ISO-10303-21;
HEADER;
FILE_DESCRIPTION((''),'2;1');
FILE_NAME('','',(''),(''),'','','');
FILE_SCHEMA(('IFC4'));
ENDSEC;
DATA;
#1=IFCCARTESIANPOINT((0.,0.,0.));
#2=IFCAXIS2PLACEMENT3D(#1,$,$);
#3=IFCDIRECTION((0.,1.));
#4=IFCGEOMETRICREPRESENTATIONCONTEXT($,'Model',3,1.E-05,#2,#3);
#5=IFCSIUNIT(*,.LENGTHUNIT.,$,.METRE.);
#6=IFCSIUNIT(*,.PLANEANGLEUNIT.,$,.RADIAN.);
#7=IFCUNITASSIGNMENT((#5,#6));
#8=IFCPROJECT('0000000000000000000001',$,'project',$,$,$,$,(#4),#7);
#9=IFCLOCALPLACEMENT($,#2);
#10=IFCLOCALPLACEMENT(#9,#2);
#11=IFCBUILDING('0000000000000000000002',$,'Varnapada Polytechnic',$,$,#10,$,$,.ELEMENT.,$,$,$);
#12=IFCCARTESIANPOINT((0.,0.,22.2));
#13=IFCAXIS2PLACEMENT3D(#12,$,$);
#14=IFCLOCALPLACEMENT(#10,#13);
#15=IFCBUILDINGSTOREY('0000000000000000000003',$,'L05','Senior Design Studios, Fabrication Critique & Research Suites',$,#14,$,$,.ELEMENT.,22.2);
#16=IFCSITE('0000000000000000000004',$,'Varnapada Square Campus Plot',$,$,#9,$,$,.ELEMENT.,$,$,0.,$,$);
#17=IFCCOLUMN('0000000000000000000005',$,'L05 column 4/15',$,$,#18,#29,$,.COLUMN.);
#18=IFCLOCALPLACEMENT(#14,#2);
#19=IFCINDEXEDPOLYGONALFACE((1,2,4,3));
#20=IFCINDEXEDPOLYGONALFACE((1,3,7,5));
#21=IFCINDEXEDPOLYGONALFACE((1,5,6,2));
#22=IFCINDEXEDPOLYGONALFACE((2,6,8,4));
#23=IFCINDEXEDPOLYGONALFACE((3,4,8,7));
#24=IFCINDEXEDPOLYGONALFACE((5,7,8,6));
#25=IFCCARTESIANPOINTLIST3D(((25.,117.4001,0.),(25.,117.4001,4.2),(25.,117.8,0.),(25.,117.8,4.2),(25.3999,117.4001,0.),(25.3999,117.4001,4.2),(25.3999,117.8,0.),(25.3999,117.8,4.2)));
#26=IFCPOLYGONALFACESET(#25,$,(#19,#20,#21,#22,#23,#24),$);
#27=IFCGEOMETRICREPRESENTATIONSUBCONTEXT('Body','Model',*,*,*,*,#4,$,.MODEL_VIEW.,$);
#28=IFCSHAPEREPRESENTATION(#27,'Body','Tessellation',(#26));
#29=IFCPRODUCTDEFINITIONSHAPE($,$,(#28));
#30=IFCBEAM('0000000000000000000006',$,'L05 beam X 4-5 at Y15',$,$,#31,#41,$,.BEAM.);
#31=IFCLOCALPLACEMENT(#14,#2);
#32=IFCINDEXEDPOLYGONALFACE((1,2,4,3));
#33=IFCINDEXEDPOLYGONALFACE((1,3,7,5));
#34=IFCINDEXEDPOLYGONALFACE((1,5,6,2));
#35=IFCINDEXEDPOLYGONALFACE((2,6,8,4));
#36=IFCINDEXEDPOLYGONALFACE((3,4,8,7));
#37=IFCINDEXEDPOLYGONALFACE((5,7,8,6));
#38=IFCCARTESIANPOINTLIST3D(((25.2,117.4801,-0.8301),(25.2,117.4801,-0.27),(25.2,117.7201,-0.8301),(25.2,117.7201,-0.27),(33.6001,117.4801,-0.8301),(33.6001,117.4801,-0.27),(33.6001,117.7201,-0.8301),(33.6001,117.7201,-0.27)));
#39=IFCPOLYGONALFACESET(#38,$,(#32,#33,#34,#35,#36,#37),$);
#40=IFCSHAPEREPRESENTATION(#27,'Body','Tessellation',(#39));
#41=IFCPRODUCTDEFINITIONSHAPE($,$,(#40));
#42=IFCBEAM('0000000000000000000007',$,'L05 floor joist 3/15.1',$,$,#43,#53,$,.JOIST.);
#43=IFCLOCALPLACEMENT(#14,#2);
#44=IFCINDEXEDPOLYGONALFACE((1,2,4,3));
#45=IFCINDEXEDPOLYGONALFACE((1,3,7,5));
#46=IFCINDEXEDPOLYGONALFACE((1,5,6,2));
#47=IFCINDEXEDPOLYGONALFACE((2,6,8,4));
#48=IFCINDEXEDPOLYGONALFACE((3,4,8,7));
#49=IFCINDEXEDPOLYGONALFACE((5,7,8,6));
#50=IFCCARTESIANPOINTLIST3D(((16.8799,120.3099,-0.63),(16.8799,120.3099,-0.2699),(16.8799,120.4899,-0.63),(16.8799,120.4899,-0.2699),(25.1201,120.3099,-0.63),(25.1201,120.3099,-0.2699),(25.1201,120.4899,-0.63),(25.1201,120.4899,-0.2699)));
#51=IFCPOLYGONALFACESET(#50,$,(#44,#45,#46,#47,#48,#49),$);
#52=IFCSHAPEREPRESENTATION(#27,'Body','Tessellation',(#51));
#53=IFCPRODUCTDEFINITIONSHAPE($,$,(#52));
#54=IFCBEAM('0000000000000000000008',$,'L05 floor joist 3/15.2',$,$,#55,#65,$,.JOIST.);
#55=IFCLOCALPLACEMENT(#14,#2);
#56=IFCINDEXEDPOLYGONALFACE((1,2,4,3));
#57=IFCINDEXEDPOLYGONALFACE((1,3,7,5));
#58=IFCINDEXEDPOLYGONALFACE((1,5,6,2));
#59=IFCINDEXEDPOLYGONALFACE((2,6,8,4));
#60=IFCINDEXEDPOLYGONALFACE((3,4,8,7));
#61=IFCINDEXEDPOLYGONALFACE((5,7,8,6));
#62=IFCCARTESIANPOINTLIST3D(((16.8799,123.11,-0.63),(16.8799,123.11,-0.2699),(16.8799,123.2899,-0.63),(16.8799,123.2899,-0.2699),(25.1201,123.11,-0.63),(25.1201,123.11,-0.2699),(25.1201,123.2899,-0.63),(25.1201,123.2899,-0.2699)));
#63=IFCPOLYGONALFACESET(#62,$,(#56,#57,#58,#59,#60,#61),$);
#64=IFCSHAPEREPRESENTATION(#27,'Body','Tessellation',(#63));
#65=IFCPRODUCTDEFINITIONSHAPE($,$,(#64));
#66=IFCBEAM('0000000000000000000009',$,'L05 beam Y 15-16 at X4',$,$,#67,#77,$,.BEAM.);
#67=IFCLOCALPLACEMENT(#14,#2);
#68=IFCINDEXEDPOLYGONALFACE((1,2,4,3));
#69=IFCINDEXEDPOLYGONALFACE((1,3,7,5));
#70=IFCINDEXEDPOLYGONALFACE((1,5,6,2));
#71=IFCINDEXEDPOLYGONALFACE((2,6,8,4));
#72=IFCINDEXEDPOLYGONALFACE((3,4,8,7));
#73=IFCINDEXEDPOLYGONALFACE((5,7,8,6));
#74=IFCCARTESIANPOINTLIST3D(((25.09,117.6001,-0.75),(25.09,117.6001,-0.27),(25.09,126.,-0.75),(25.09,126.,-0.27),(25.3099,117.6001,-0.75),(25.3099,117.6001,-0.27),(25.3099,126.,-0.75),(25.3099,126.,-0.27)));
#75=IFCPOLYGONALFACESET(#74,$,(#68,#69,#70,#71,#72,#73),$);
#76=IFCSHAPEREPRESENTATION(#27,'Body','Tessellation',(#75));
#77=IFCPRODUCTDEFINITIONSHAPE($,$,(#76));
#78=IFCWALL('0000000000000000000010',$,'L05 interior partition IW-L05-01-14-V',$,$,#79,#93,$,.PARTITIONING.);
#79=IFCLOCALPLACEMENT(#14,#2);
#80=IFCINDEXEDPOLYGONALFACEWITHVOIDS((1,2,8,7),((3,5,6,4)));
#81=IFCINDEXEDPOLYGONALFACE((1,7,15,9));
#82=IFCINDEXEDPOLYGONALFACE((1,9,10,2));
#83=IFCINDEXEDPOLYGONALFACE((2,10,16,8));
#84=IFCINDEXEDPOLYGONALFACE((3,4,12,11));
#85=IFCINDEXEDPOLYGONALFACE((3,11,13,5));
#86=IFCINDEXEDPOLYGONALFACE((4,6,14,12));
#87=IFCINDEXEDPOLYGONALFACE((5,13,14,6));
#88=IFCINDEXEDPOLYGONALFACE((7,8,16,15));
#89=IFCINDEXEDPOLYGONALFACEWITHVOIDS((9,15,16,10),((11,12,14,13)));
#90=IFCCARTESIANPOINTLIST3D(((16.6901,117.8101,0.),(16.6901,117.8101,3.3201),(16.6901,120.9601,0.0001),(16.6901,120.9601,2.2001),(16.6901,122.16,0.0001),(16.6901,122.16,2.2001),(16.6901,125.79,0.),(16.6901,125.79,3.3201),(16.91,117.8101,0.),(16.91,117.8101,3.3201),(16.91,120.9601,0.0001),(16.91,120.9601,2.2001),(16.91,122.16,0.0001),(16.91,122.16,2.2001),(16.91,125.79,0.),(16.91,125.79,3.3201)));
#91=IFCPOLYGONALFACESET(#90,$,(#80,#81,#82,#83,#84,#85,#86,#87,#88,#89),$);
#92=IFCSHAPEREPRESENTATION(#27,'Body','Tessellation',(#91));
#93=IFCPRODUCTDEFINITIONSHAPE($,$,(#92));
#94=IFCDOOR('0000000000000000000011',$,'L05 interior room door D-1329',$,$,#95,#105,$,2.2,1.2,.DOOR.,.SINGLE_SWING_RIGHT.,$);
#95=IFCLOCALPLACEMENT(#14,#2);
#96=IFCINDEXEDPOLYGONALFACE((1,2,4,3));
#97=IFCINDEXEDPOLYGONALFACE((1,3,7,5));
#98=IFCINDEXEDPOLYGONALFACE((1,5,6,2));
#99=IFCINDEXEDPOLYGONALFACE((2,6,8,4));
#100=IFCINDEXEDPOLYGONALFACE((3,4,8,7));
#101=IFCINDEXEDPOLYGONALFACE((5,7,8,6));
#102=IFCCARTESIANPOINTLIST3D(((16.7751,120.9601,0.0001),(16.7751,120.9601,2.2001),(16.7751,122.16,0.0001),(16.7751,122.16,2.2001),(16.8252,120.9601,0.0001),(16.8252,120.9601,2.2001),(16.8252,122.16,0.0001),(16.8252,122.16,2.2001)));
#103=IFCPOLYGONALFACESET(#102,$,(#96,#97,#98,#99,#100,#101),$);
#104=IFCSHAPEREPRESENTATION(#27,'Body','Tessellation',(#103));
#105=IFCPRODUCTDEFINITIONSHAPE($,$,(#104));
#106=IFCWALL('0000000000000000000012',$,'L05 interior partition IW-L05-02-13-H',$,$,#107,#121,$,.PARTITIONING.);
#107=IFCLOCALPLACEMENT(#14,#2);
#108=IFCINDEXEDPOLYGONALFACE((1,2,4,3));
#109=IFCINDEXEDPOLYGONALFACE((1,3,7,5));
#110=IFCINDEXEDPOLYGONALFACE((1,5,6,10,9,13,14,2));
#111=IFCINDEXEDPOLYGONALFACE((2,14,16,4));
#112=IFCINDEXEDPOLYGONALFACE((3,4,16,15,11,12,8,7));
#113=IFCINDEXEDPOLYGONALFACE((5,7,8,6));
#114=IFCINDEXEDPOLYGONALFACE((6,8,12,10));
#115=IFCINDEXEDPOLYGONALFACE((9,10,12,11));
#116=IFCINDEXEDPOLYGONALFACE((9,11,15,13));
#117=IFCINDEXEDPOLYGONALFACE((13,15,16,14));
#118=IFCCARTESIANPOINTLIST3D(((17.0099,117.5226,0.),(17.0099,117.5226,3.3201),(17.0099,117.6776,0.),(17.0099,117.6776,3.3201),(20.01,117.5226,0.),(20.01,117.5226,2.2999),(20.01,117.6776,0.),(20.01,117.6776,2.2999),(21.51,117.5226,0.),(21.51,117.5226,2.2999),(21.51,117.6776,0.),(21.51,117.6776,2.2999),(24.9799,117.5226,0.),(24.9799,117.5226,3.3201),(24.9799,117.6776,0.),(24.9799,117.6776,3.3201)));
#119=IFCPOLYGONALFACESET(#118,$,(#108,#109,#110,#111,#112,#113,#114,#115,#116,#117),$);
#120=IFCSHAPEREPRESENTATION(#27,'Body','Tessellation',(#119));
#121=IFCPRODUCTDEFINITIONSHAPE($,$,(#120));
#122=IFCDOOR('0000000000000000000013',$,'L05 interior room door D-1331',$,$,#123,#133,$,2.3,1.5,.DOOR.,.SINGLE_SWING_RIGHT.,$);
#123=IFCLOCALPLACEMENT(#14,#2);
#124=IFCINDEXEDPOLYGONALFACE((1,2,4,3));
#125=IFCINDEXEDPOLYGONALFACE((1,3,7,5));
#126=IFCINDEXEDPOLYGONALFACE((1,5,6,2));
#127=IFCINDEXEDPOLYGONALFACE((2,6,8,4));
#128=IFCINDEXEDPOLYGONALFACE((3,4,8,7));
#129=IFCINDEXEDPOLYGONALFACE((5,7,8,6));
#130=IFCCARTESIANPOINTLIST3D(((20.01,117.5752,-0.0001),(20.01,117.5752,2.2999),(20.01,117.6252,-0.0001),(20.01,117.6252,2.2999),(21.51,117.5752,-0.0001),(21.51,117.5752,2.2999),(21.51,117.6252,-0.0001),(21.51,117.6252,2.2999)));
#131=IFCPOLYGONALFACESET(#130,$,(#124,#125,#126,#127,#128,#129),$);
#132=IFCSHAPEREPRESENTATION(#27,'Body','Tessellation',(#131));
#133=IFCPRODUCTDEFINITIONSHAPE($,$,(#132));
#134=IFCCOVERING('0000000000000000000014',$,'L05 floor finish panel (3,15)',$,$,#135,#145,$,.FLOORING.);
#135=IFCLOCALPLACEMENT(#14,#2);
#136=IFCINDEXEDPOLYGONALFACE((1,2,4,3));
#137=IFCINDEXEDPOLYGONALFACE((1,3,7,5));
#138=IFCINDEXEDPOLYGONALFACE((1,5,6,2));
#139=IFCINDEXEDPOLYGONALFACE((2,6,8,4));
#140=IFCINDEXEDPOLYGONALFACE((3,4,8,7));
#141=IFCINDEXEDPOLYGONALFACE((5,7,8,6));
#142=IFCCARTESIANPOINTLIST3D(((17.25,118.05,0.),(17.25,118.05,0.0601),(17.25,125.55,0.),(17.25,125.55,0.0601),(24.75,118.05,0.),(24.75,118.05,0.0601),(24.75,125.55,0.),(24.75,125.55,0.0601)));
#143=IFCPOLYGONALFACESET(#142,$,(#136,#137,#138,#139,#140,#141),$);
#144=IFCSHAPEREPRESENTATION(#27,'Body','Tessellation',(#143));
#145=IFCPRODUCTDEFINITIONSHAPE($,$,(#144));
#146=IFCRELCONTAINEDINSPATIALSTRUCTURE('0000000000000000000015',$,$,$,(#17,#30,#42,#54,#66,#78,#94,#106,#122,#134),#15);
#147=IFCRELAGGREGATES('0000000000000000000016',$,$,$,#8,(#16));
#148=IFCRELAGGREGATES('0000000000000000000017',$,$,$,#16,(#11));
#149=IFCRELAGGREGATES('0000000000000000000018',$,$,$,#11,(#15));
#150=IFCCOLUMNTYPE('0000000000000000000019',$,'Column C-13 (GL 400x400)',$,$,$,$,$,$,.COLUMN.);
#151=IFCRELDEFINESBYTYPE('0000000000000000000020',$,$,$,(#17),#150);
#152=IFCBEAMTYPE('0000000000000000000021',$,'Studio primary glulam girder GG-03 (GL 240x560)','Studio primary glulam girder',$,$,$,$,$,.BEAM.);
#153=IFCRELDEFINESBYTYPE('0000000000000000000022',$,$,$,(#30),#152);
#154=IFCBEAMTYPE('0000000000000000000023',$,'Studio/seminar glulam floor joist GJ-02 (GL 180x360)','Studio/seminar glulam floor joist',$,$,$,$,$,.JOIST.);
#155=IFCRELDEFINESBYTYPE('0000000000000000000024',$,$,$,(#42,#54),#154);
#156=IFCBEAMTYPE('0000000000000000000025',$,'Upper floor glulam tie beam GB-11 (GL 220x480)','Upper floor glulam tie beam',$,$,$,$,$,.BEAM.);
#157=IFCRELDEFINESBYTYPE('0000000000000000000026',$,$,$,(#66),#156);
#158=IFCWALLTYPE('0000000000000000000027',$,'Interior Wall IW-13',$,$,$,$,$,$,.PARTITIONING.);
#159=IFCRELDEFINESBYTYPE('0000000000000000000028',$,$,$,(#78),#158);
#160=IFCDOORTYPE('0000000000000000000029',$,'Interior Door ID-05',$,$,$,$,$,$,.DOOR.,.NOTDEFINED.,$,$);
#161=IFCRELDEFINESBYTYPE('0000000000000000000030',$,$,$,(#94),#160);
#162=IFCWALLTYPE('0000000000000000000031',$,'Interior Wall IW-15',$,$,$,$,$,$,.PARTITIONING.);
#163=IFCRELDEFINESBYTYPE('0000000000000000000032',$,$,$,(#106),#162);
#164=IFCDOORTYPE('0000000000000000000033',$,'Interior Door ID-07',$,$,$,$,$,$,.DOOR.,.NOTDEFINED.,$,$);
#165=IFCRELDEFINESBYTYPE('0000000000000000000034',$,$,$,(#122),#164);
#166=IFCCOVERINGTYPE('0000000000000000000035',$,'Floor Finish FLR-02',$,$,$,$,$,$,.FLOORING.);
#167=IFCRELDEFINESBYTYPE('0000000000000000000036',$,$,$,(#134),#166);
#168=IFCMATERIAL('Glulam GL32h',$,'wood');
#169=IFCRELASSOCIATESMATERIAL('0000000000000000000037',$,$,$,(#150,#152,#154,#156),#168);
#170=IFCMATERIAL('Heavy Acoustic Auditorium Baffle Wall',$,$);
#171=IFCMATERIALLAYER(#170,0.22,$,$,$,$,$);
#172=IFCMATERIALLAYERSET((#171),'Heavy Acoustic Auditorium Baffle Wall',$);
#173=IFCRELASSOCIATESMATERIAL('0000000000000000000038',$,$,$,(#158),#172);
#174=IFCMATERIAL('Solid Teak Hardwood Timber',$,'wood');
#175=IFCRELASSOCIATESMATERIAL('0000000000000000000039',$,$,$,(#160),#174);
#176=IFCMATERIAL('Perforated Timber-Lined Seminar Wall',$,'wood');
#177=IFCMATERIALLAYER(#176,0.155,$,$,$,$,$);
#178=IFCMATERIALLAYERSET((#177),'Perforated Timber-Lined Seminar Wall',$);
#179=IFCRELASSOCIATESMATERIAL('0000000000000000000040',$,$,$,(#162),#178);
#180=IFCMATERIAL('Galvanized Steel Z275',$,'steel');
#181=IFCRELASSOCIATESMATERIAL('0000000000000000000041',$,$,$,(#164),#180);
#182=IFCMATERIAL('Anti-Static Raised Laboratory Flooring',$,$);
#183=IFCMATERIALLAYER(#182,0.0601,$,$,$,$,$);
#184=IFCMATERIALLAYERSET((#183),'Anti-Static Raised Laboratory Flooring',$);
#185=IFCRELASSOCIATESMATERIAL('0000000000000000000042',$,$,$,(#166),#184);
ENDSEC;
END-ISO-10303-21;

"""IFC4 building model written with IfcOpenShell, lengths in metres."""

from ifc_helpers import new_model, si_unit, direction, frame, frame_2d, origin, origin_2d, place, context, subcontext, project, spatial, rectangle, extrude, material, layer, layer_set, material_profile, profile_set, type_object, element, fill, save


model = new_model("IFC4")

# Units and contexts
model_context = context("Model", 3, precision=1e-05, world=origin(), true_north=direction((0.0, 1.0)))
body_context = subcontext(model_context, "Body", "Model", "MODEL_VIEW")
ifc_project = project(units=[si_unit("LENGTHUNIT", "METRE"), si_unit("PLANEANGLEUNIT", "RADIAN")], contexts=[model_context])

# Site, building, storey
site_placement = place(None, origin())
site = spatial("IfcSite", under=ifc_project, at=site_placement, Name="Varnapada Square Campus Plot", CompositionType="ELEMENT", RefElevation=0.0)
building_placement = place(site_placement, origin())
building = spatial("IfcBuilding", under=site, at=building_placement, Name="Varnapada Polytechnic", CompositionType="ELEMENT")
storey_placement = place(building_placement, frame((0.0, 0.0, 22.2)))
storey = spatial("IfcBuildingStorey", under=building, at=storey_placement, Name="L05", Description="Senior Design Studios, Fabrication Critique & Research Suites", CompositionType="ELEMENT", Elevation=22.2)

# Column
ifc_material_1 = material(Name="Glulam GL32h", Category="wood")
ifc_material_profile_1 = material_profile(ifc_material_1, rectangle(XDim=0.3999, YDim=0.3999, at=origin_2d()), Name="GL 400x400")
ifc_profile_set_1 = profile_set([ifc_material_profile_1], Name="Glulam GL32h")
column_type = type_object("IfcColumnType", Name="Column C-13 (GL 400x400)", PredefinedType="COLUMN", material=ifc_profile_set_1)
column_placement = place(storey_placement, frame((25.2, 117.6001, 0.0), z_axis=(0.0, 0.0, 1.0), x_axis=(1.0, 0.0, 0.0)))
element("IfcColumn", 1, at=column_placement, inside=storey, type_object=column_type, Name="L05 column 4/15", PredefinedType="COLUMN", context=body_context, shape_type="SweptSolid", body=[
    extrude(rectangle(XDim=0.3999, YDim=0.3999, at=origin_2d()), origin(), (0.0, 0.0, 1.0), 4.2),
])

# Beams
ifc_material_profile_2 = material_profile(ifc_material_1, rectangle(XDim=0.24, YDim=0.5601, at=origin_2d()), Name="GL 240x560")
ifc_profile_set_2 = profile_set([ifc_material_profile_2], Name="Glulam GL32h")
beam_type_1 = type_object("IfcBeamType", Name="Studio primary glulam girder GG-03 (GL 240x560)", Description="Studio primary glulam girder", PredefinedType="BEAM", material=ifc_profile_set_2)
beam_1_placement = place(storey_placement, frame((25.2, 117.6001, -0.55), z_axis=(1.0, 0.0, 0.0), x_axis=(0.0, 1.0, 0.0)))
element("IfcBeam", 2, at=beam_1_placement, inside=storey, type_object=beam_type_1, Name="L05 beam X 4-5 at Y15", PredefinedType="BEAM", context=body_context, shape_type="SweptSolid", body=[
    extrude(rectangle(XDim=0.24, YDim=0.5601, at=origin_2d()), origin(), (0.0, 0.0, 1.0), 8.4001),
])
ifc_material_profile_3 = material_profile(ifc_material_1, rectangle(XDim=0.1799, YDim=0.3601, at=origin_2d()), Name="GL 180x360")
ifc_profile_set_3 = profile_set([ifc_material_profile_3], Name="Glulam GL32h")
beam_type_2 = type_object("IfcBeamType", Name="Studio/seminar glulam floor joist GJ-02 (GL 180x360)", Description="Studio/seminar glulam floor joist", PredefinedType="JOIST", material=ifc_profile_set_3)
for number, where, z_axis, x_axis, name in (
    (3, (16.8799, 120.3999, -0.45), (1.0, 0.0, 0.0), (0.0, 1.0, 0.0), "L05 floor joist 3/15.1"),
    (4, (16.8799, 123.2, -0.45), (1.0, 0.0, 0.0), (0.0, 1.0, 0.0), "L05 floor joist 3/15.2"),
):
    element("IfcBeam", number, at=place(storey_placement, frame(where, z_axis=z_axis, x_axis=x_axis)), inside=storey, type_object=beam_type_2, Name=name, PredefinedType="JOIST", context=body_context, shape_type="SweptSolid", body=[
        extrude(rectangle(XDim=0.1799, YDim=0.3601, at=origin_2d()), origin(), (0.0, 0.0, 1.0), 8.2402),
    ])
ifc_material_profile_4 = material_profile(ifc_material_1, rectangle(XDim=0.22, YDim=0.48, at=origin_2d()), Name="GL 220x480")
ifc_profile_set_4 = profile_set([ifc_material_profile_4], Name="Glulam GL32h")
beam_type_3 = type_object("IfcBeamType", Name="Upper floor glulam tie beam GB-11 (GL 220x480)", Description="Upper floor glulam tie beam", PredefinedType="BEAM", material=ifc_profile_set_4)
beam_2_placement = place(storey_placement, frame((25.2, 117.6001, -0.51), z_axis=(0.0, 1.0, 0.0), x_axis=(-1.0, 0.0, 0.0)))
element("IfcBeam", 5, at=beam_2_placement, inside=storey, type_object=beam_type_3, Name="L05 beam Y 15-16 at X4", PredefinedType="BEAM", context=body_context, shape_type="SweptSolid", body=[
    extrude(rectangle(XDim=0.22, YDim=0.48, at=origin_2d()), origin(), (0.0, 0.0, 1.0), 8.3999),
])

# Walls, openings, doors
ifc_material_2 = material(Name="Heavy Acoustic Auditorium Baffle Wall")
ifc_layer_1 = layer(ifc_material_2, 0.22)
ifc_layer_set_1 = layer_set([ifc_layer_1], Name="Heavy Acoustic Auditorium Baffle Wall")
wall_type_1 = type_object("IfcWallType", Name="Interior Wall IW-13", PredefinedType="PARTITIONING", material=ifc_layer_set_1)
wall_1_placement = place(storey_placement, frame((16.8, 117.8101, 0.0), z_axis=(0.0, 0.0, 1.0), x_axis=(0.0, 1.0, 0.0)))
wall_1 = element("IfcWall", 6, at=wall_1_placement, inside=storey, type_object=wall_type_1, Name="L05 interior partition IW-L05-01-14-V", PredefinedType="PARTITIONING", context=body_context, shape_type="SweptSolid", body=[
    extrude(rectangle(XDim=7.98, YDim=0.22, at=frame_2d((3.99, 0.0))), origin(), (0.0, 0.0, 1.0), 3.3201),
])
opening_1_placement = place(wall_1_placement, frame((3.1499, 0.0, 0.0)))
opening_1 = element("IfcOpeningElement", 7, at=opening_1_placement, cuts=wall_1, PredefinedType="OPENING", context=body_context, shape_type="SweptSolid", body=[
    extrude(rectangle(XDim=1.2, YDim=2.2, at=frame_2d((0.6001, 1.1001))), frame((0.0, 0.1199, 0.0), z_axis=(0.0, -1.0, 0.0), x_axis=(1.0, 0.0, 0.0)), (0.0, 0.0, 1.0), 0.24),
])
ifc_material_3 = material(Name="Solid Teak Hardwood Timber", Category="wood")
door_type_1 = type_object("IfcDoorType", Name="Interior Door ID-05", OperationType="NOTDEFINED", PredefinedType="DOOR", material=ifc_material_3)
door_1_placement = place(opening_1_placement, origin())
door_1 = element("IfcDoor", 8, at=door_1_placement, inside=storey, type_object=door_type_1, Name="L05 interior room door D-1329", OperationType="SINGLE_SWING_RIGHT", OverallHeight=2.2, OverallWidth=1.2, PredefinedType="DOOR", context=body_context, shape_type="SweptSolid", body=[
    extrude(rectangle(XDim=1.2, YDim=2.2, at=frame_2d((0.6001, 1.1001))), frame((0.0, 0.0249, 0.0), z_axis=(0.0, -1.0, 0.0), x_axis=(1.0, 0.0, 0.0)), (0.0, 0.0, 1.0), 0.05),
])
fill(opening_1, door_1)
ifc_material_4 = material(Name="Perforated Timber-Lined Seminar Wall", Category="wood")
ifc_layer_2 = layer(ifc_material_4, 0.155)
ifc_layer_set_2 = layer_set([ifc_layer_2], Name="Perforated Timber-Lined Seminar Wall")
wall_type_2 = type_object("IfcWallType", Name="Interior Wall IW-15", PredefinedType="PARTITIONING", material=ifc_layer_set_2)
wall_2_placement = place(storey_placement, frame((17.01, 117.6001, 0.0), z_axis=(0.0, 0.0, 1.0), x_axis=(1.0, 0.0, 0.0)))
wall_2 = element("IfcWall", 9, at=wall_2_placement, inside=storey, type_object=wall_type_2, Name="L05 interior partition IW-L05-02-13-H", PredefinedType="PARTITIONING", context=body_context, shape_type="SweptSolid", body=[
    extrude(rectangle(XDim=7.97, YDim=0.155, at=frame_2d((3.9849, 0.0))), origin(), (0.0, 0.0, 1.0), 3.3201),
])
opening_2_placement = place(wall_2_placement, frame((3.0, 0.0, 0.0)))
opening_2 = element("IfcOpeningElement", 10, at=opening_2_placement, cuts=wall_2, PredefinedType="OPENING", context=body_context, shape_type="SweptSolid", body=[
    extrude(rectangle(XDim=1.5, YDim=2.3, at=frame_2d((0.75, 1.1499))), frame((0.0, 0.0874, 0.0), z_axis=(0.0, -1.0, 0.0), x_axis=(1.0, 0.0, 0.0)), (0.0, 0.0, 1.0), 0.175),
])
ifc_material_5 = material(Name="Galvanized Steel Z275", Category="steel")
door_type_2 = type_object("IfcDoorType", Name="Interior Door ID-07", OperationType="NOTDEFINED", PredefinedType="DOOR", material=ifc_material_5)
door_2_placement = place(opening_2_placement, frame((1.5, 0.0, 0.0), z_axis=(0.0, 0.0, 1.0), x_axis=(-1.0, 0.0, 0.0)))
door_2 = element("IfcDoor", 11, at=door_2_placement, inside=storey, type_object=door_type_2, Name="L05 interior room door D-1331", OperationType="SINGLE_SWING_RIGHT", OverallHeight=2.3, OverallWidth=1.5, PredefinedType="DOOR", context=body_context, shape_type="SweptSolid", body=[
    extrude(rectangle(XDim=1.5, YDim=2.3, at=frame_2d((0.75, 1.1499))), frame((0.0, 0.0249, 0.0), z_axis=(0.0, -1.0, 0.0), x_axis=(1.0, 0.0, 0.0)), (0.0, 0.0, 1.0), 0.05),
])
fill(opening_2, door_2)

# Covering
ifc_material_6 = material(Name="Anti-Static Raised Laboratory Flooring")
ifc_layer_3 = layer(ifc_material_6, 0.0601)
ifc_layer_set_3 = layer_set([ifc_layer_3], Name="Anti-Static Raised Laboratory Flooring")
covering_type = type_object("IfcCoveringType", Name="Floor Finish FLR-02", PredefinedType="FLOORING", material=ifc_layer_set_3)
covering_placement = place(storey_placement, frame((21.0, 121.8, 0.0), z_axis=(0.0, 0.0, 1.0), x_axis=(1.0, 0.0, 0.0)))
element("IfcCovering", 12, at=covering_placement, inside=storey, type_object=covering_type, Name="L05 floor finish panel (3,15)", PredefinedType="FLOORING", context=body_context, shape_type="SweptSolid", body=[
    extrude(rectangle(XDim=7.5, YDim=7.5, at=origin_2d()), origin(), (0.0, 0.0, 1.0), 0.0601),
])

save(model, "model.ifc")
